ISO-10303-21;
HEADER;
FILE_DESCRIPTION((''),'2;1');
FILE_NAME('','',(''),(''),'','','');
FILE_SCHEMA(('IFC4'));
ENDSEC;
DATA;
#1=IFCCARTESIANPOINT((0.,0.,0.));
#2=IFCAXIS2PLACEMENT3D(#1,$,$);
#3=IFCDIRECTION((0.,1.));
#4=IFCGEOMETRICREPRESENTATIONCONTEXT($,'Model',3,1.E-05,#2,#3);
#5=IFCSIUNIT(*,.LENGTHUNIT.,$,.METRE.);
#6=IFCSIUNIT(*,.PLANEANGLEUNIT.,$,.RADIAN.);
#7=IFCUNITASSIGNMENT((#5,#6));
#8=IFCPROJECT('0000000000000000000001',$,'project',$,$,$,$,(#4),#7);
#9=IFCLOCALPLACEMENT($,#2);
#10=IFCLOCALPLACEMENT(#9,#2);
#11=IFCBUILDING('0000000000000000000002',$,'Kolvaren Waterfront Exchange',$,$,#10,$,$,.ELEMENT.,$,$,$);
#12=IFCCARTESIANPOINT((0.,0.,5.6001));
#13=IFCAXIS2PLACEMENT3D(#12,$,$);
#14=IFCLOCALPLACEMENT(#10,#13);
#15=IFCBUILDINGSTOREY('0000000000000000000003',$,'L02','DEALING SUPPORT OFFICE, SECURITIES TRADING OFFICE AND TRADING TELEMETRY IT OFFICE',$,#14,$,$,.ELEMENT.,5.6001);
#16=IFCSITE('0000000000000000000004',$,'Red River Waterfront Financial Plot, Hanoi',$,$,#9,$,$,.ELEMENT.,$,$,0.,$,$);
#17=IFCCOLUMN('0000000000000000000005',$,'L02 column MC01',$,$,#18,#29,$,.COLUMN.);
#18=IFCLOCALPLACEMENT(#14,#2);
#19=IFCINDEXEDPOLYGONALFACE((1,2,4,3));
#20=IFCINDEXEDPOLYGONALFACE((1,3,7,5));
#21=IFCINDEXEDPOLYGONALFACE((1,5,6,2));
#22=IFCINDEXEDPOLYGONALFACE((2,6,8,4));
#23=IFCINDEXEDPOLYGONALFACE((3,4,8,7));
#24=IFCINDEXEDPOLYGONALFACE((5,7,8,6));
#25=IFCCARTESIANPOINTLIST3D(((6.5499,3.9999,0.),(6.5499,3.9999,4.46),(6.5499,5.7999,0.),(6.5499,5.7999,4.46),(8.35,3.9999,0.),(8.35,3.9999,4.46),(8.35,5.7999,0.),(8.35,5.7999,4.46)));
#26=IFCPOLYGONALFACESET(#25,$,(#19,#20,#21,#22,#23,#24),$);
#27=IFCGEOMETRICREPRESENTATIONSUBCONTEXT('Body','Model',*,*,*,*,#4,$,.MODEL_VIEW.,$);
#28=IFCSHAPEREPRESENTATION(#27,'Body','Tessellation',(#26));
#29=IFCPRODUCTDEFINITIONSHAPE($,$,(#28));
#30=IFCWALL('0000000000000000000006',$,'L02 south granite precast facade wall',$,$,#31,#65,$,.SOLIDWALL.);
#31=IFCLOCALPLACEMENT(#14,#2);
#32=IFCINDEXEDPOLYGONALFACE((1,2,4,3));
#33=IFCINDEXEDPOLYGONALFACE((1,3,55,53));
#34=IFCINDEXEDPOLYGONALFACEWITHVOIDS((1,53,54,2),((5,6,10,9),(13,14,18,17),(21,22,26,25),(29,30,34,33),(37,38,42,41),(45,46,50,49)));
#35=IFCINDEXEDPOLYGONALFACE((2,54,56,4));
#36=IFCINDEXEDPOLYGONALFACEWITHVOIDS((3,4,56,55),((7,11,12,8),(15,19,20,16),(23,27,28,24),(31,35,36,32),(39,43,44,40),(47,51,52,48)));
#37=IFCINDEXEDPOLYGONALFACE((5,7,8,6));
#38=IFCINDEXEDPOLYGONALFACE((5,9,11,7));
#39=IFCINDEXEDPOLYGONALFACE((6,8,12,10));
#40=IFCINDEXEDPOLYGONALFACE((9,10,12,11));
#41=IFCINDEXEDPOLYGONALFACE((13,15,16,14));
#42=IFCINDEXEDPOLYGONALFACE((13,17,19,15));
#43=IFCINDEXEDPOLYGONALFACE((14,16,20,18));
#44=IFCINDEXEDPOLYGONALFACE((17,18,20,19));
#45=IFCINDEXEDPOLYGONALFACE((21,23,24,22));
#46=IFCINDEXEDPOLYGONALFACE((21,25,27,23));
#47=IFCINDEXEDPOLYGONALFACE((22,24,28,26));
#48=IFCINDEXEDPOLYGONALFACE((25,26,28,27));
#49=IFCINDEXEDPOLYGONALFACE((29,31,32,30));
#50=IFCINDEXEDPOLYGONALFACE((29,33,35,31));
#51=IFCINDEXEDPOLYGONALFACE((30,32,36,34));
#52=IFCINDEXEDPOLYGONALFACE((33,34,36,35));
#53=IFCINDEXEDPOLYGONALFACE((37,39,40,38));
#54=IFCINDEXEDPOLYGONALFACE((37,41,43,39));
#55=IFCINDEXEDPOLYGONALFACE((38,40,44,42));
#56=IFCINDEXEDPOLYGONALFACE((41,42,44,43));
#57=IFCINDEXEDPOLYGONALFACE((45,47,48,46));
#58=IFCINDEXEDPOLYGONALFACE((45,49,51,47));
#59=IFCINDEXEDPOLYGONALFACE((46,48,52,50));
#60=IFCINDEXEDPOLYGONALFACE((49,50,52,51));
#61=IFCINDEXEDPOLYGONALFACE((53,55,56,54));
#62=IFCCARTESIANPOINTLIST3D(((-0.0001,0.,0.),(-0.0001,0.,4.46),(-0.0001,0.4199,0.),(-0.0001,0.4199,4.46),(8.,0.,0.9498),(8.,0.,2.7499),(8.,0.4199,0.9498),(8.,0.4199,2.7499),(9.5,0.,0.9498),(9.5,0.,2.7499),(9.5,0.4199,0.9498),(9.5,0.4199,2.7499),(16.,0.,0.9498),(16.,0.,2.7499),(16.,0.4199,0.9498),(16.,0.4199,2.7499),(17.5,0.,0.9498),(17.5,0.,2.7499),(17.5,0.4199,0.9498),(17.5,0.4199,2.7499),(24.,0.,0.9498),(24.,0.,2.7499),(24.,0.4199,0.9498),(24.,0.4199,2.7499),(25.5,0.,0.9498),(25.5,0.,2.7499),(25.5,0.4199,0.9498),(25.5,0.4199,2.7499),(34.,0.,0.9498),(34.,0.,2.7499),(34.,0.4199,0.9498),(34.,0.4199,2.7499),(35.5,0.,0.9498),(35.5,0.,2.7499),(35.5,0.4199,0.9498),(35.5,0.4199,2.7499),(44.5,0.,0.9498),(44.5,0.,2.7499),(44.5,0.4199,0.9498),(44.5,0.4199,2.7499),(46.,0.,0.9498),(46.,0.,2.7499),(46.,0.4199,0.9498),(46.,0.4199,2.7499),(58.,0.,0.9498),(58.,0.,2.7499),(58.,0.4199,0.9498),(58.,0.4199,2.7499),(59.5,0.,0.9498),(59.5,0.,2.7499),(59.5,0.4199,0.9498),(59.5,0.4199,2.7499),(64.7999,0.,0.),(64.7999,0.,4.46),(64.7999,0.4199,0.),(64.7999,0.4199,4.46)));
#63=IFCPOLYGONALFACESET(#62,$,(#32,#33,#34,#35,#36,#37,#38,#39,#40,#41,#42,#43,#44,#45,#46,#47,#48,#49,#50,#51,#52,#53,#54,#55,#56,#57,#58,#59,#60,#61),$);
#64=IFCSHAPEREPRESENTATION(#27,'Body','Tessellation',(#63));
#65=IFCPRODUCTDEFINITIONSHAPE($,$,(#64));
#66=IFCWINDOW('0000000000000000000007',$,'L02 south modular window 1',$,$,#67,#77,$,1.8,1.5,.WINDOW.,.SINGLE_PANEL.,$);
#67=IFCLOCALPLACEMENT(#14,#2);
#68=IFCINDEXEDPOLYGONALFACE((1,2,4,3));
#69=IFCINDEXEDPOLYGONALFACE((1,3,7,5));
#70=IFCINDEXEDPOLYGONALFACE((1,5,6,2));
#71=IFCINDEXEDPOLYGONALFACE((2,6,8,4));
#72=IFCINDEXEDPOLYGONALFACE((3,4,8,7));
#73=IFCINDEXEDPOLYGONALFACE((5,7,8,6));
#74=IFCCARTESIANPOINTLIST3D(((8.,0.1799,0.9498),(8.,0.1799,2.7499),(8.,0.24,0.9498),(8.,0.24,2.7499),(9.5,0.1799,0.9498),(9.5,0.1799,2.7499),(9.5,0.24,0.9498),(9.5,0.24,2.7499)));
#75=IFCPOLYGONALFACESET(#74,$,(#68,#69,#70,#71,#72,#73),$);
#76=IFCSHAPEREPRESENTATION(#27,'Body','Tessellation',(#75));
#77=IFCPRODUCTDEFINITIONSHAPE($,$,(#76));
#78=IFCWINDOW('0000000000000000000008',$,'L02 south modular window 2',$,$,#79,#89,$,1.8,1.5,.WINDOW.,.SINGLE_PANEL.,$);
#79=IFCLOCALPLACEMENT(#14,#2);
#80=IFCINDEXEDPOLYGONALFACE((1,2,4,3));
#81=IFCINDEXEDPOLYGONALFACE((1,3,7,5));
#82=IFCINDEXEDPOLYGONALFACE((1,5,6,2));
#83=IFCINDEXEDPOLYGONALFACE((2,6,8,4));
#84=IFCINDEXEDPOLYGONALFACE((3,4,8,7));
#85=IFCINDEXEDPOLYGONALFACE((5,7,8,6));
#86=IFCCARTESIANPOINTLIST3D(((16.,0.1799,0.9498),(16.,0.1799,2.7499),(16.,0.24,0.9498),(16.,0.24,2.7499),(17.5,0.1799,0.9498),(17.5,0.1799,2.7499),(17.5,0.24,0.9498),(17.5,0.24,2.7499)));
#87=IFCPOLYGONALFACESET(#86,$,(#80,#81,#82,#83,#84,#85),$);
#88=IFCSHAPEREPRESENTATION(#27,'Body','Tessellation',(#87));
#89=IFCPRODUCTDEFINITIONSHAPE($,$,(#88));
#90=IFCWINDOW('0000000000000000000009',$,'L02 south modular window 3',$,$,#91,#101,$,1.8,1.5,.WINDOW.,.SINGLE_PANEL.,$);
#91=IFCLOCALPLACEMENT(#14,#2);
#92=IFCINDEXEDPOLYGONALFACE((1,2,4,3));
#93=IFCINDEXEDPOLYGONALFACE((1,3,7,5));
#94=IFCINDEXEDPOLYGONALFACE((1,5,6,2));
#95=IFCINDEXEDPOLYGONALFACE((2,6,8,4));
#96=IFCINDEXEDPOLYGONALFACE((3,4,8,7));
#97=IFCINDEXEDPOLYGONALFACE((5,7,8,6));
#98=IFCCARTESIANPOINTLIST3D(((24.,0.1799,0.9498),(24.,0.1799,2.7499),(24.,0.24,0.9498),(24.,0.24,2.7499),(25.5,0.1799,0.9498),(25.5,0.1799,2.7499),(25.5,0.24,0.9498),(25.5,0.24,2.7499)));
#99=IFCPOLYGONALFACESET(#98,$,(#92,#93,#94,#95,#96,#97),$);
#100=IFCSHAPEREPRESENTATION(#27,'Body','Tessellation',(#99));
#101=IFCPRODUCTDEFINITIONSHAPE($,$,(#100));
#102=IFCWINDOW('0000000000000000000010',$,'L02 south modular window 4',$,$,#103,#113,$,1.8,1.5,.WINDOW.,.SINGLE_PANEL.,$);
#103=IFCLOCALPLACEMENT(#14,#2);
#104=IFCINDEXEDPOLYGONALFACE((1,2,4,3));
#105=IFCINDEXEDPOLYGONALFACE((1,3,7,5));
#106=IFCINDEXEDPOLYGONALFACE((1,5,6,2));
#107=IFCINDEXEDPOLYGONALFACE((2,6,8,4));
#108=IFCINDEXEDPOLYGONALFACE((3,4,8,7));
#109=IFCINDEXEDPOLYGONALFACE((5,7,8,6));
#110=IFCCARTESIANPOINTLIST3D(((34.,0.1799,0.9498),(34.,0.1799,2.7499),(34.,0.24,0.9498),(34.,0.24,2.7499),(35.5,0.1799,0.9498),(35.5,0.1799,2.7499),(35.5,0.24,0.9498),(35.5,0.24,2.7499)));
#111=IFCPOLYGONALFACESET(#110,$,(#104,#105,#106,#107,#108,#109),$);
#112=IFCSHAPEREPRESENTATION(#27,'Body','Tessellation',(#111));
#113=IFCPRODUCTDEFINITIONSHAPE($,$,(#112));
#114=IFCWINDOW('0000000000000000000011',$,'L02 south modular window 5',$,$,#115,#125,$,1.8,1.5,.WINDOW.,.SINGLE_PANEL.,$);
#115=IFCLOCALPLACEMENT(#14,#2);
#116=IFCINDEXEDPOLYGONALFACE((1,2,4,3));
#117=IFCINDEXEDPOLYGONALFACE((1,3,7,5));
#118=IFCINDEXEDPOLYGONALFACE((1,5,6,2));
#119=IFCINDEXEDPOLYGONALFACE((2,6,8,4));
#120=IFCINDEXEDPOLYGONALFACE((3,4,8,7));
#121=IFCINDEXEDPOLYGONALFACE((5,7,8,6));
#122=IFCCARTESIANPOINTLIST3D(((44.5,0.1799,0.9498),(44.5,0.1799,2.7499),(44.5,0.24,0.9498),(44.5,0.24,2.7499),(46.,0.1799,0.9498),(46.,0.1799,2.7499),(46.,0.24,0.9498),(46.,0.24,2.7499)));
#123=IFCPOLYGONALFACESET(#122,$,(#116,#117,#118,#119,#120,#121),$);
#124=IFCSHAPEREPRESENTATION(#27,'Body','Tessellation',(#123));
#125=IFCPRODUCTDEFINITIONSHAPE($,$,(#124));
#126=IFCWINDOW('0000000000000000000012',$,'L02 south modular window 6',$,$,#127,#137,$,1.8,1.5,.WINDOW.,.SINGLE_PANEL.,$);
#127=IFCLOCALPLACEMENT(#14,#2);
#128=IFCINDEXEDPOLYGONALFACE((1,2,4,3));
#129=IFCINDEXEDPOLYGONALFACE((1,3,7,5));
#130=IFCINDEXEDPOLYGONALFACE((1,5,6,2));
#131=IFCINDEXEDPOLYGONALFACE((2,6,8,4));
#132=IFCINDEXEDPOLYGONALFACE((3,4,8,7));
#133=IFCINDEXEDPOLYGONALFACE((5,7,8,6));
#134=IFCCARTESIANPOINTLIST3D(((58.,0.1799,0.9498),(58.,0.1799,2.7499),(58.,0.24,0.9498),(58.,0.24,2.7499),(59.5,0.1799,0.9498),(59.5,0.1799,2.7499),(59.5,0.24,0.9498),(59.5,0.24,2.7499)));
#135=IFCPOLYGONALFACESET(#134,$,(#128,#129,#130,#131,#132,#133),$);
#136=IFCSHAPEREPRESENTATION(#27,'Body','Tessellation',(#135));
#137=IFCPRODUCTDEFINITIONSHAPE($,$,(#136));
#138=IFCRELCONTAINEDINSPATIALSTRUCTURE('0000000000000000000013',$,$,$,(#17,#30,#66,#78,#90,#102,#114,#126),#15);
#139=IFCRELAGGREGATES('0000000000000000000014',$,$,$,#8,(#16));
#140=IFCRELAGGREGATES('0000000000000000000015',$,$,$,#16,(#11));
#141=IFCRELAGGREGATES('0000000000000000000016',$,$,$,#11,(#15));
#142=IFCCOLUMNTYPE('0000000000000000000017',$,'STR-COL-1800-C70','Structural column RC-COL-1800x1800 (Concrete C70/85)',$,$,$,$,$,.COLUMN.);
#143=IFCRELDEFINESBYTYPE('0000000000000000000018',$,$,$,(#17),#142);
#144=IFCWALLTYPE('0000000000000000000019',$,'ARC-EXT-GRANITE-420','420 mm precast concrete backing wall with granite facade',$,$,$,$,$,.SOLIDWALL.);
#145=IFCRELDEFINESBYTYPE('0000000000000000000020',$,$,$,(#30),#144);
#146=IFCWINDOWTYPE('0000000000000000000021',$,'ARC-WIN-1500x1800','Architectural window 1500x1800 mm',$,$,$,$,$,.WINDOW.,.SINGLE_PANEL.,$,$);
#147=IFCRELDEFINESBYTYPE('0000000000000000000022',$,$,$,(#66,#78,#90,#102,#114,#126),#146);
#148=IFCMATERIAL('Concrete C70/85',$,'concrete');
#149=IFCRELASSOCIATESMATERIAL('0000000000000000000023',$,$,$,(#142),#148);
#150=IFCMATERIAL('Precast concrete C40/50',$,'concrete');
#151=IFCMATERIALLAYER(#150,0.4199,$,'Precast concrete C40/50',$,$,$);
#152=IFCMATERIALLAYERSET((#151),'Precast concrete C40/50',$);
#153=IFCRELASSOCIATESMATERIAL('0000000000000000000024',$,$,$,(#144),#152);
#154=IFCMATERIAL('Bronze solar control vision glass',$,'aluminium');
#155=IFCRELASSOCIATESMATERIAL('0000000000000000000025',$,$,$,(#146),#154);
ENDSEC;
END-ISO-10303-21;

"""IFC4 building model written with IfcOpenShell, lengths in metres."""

from ifc_helpers import new_model, si_unit, direction, frame, frame_2d, origin, origin_2d, place, context, subcontext, project, spatial, rectangle, extrude, material, layer, layer_set, material_profile, profile_set, type_object, element, fill, save


model = new_model("IFC4")

# Units and contexts
model_context = context("Model", 3, precision=1e-05, world=origin(), true_north=direction((0.0, 1.0)))
body_context = subcontext(model_context, "Body", "Model", "MODEL_VIEW")
ifc_project = project(units=[si_unit("LENGTHUNIT", "METRE"), si_unit("PLANEANGLEUNIT", "RADIAN")], contexts=[model_context])

# Site, building, storey
site_placement = place(None, origin())
site = spatial("IfcSite", under=ifc_project, at=site_placement, Name="Red River Waterfront Financial Plot, Hanoi", CompositionType="ELEMENT", RefElevation=0.0)
building_placement = place(site_placement, origin())
building = spatial("IfcBuilding", under=site, at=building_placement, Name="Kolvaren Waterfront Exchange", CompositionType="ELEMENT")
storey_placement = place(building_placement, frame((0.0, 0.0, 5.6001)))
storey = spatial("IfcBuildingStorey", under=building, at=storey_placement, Name="L02", Description="DEALING SUPPORT OFFICE, SECURITIES TRADING OFFICE AND TRADING TELEMETRY IT OFFICE", CompositionType="ELEMENT", Elevation=5.6001)

# Column
ifc_material_1 = material(Name="Concrete C70/85", Category="concrete")
ifc_material_profile = material_profile(ifc_material_1, rectangle(XDim=1.8, YDim=1.8, at=origin_2d()), Name="RC-COL-1800x1800")
ifc_profile_set = profile_set([ifc_material_profile], Name="Concrete C70/85")
column_type = type_object("IfcColumnType", Name="STR-COL-1800-C70", Description="Structural column RC-COL-1800x1800 (Concrete C70/85)", PredefinedType="COLUMN", material=ifc_profile_set)
column_placement = place(storey_placement, frame((7.45, 4.8999, 0.0), z_axis=(0.0, 0.0, 1.0), x_axis=(1.0, 0.0, 0.0)))
element("IfcColumn", 1, at=column_placement, inside=storey, type_object=column_type, Name="L02 column MC01", PredefinedType="COLUMN", context=body_context, shape_type="SweptSolid", body=[
    extrude(rectangle(XDim=1.8, YDim=1.8, at=origin_2d()), origin(), (0.0, 0.0, 1.0), 4.46),
])

# Wall, openings, windows
ifc_material_2 = material(Name="Precast concrete C40/50", Category="concrete")
ifc_layer_1 = layer(ifc_material_2, 0.4199, Name="Precast concrete C40/50")
ifc_layer_set_1 = layer_set([ifc_layer_1], Name="Precast concrete C40/50")
wall_type_1 = type_object("IfcWallType", Name="ARC-EXT-GRANITE-420", Description="420 mm precast concrete backing wall with granite facade", PredefinedType="SOLIDWALL", material=ifc_layer_set_1)
wall_1_placement = place(storey_placement, frame((0.0, 0.21, 0.0), z_axis=(0.0, 0.0, 1.0), x_axis=(1.0, 0.0, 0.0)))
wall_1 = element("IfcWall", 2, at=wall_1_placement, inside=storey, type_object=wall_type_1, Name="L02 south granite precast facade wall", PredefinedType="SOLIDWALL", context=body_context, shape_type="SweptSolid", body=[
    extrude(rectangle(XDim=64.8, YDim=0.4199, at=frame_2d((32.3999, 0.0))), origin(), (0.0, 0.0, 1.0), 4.46),
])
opening_1_placement = place(wall_1_placement, frame((8.0, 0.0, 0.95)))
opening_1 = element("IfcOpeningElement", 3, at=opening_1_placement, cuts=wall_1, PredefinedType="OPENING", context=body_context, shape_type="SweptSolid", body=[
    extrude(rectangle(XDim=1.5, YDim=1.8, at=frame_2d((0.75, 0.8999))), frame((0.0, 0.22, 0.0), z_axis=(0.0, -1.0, 0.0), x_axis=(1.0, 0.0, 0.0)), (0.0, 0.0, 1.0), 0.4399),
])
opening_2_placement = place(wall_1_placement, frame((16.0, 0.0, 0.95)))
opening_2 = element("IfcOpeningElement", 4, at=opening_2_placement, cuts=wall_1, PredefinedType="OPENING", context=body_context, shape_type="SweptSolid", body=[
    extrude(rectangle(XDim=1.5, YDim=1.8, at=frame_2d((0.75, 0.8999))), frame((0.0, 0.22, 0.0), z_axis=(0.0, -1.0, 0.0), x_axis=(1.0, 0.0, 0.0)), (0.0, 0.0, 1.0), 0.4399),
])
opening_3_placement = place(wall_1_placement, frame((24.0, 0.0, 0.95)))
opening_3 = element("IfcOpeningElement", 5, at=opening_3_placement, cuts=wall_1, PredefinedType="OPENING", context=body_context, shape_type="SweptSolid", body=[
    extrude(rectangle(XDim=1.5, YDim=1.8, at=frame_2d((0.75, 0.8999))), frame((0.0, 0.22, 0.0), z_axis=(0.0, -1.0, 0.0), x_axis=(1.0, 0.0, 0.0)), (0.0, 0.0, 1.0), 0.4399),
])
opening_4_placement = place(wall_1_placement, frame((34.0, 0.0, 0.95)))
opening_4 = element("IfcOpeningElement", 6, at=opening_4_placement, cuts=wall_1, PredefinedType="OPENING", context=body_context, shape_type="SweptSolid", body=[
    extrude(rectangle(XDim=1.5, YDim=1.8, at=frame_2d((0.75, 0.8999))), frame((0.0, 0.22, 0.0), z_axis=(0.0, -1.0, 0.0), x_axis=(1.0, 0.0, 0.0)), (0.0, 0.0, 1.0), 0.4399),
])
opening_5_placement = place(wall_1_placement, frame((44.5, 0.0, 0.95)))
opening_5 = element("IfcOpeningElement", 7, at=opening_5_placement, cuts=wall_1, PredefinedType="OPENING", context=body_context, shape_type="SweptSolid", body=[
    extrude(rectangle(XDim=1.5, YDim=1.8, at=frame_2d((0.75, 0.8999))), frame((0.0, 0.22, 0.0), z_axis=(0.0, -1.0, 0.0), x_axis=(1.0, 0.0, 0.0)), (0.0, 0.0, 1.0), 0.4399),
])
opening_6_placement = place(wall_1_placement, frame((58.0, 0.0, 0.95)))
opening_6 = element("IfcOpeningElement", 8, at=opening_6_placement, cuts=wall_1, PredefinedType="OPENING", context=body_context, shape_type="SweptSolid", body=[
    extrude(rectangle(XDim=1.5, YDim=1.8, at=frame_2d((0.75, 0.8999))), frame((0.0, 0.22, 0.0), z_axis=(0.0, -1.0, 0.0), x_axis=(1.0, 0.0, 0.0)), (0.0, 0.0, 1.0), 0.4399),
])
ifc_material_3 = material(Name="Bronze solar control vision glass", Category="aluminium")
window_type = type_object("IfcWindowType", Name="ARC-WIN-1500x1800", Description="Architectural window 1500x1800 mm", PartitioningType="SINGLE_PANEL", PredefinedType="WINDOW", material=ifc_material_3)
window_1_placement = place(opening_1_placement, origin())
window_1 = element("IfcWindow", 9, at=window_1_placement, inside=storey, type_object=window_type, Name="L02 south modular window 1", OverallHeight=1.8, OverallWidth=1.5, PartitioningType="SINGLE_PANEL", PredefinedType="WINDOW", context=body_context, shape_type="SweptSolid", body=[
    extrude(rectangle(XDim=1.5, YDim=1.8, at=frame_2d((0.75, 0.8999))), frame((0.0, 0.03, 0.0), z_axis=(0.0, -1.0, 0.0), x_axis=(1.0, 0.0, 0.0)), (0.0, 0.0, 1.0), 0.0601),
])
fill(opening_1, window_1)
window_2_placement = place(opening_2_placement, origin())
window_2 = element("IfcWindow", 10, at=window_2_placement, inside=storey, type_object=window_type, Name="L02 south modular window 2", OverallHeight=1.8, OverallWidth=1.5, PartitioningType="SINGLE_PANEL", PredefinedType="WINDOW", context=body_context, shape_type="SweptSolid", body=[
    extrude(rectangle(XDim=1.5, YDim=1.8, at=frame_2d((0.75, 0.8999))), frame((0.0, 0.03, 0.0), z_axis=(0.0, -1.0, 0.0), x_axis=(1.0, 0.0, 0.0)), (0.0, 0.0, 1.0), 0.0601),
])
fill(opening_2, window_2)
window_3_placement = place(opening_3_placement, origin())
window_3 = element("IfcWindow", 11, at=window_3_placement, inside=storey, type_object=window_type, Name="L02 south modular window 3", OverallHeight=1.8, OverallWidth=1.5, PartitioningType="SINGLE_PANEL", PredefinedType="WINDOW", context=body_context, shape_type="SweptSolid", body=[
    extrude(rectangle(XDim=1.5, YDim=1.8, at=frame_2d((0.75, 0.8999))), frame((0.0, 0.03, 0.0), z_axis=(0.0, -1.0, 0.0), x_axis=(1.0, 0.0, 0.0)), (0.0, 0.0, 1.0), 0.0601),
])
fill(opening_3, window_3)
window_4_placement = place(opening_4_placement, origin())
window_4 = element("IfcWindow", 12, at=window_4_placement, inside=storey, type_object=window_type, Name="L02 south modular window 4", OverallHeight=1.8, OverallWidth=1.5, PartitioningType="SINGLE_PANEL", PredefinedType="WINDOW", context=body_context, shape_type="SweptSolid", body=[
    extrude(rectangle(XDim=1.5, YDim=1.8, at=frame_2d((0.75, 0.8999))), frame((0.0, 0.03, 0.0), z_axis=(0.0, -1.0, 0.0), x_axis=(1.0, 0.0, 0.0)), (0.0, 0.0, 1.0), 0.0601),
])
fill(opening_4, window_4)
window_5_placement = place(opening_5_placement, origin())
window_5 = element("IfcWindow", 13, at=window_5_placement, inside=storey, type_object=window_type, Name="L02 south modular window 5", OverallHeight=1.8, OverallWidth=1.5, PartitioningType="SINGLE_PANEL", PredefinedType="WINDOW", context=body_context, shape_type="SweptSolid", body=[
    extrude(rectangle(XDim=1.5, YDim=1.8, at=frame_2d((0.75, 0.8999))), frame((0.0, 0.03, 0.0), z_axis=(0.0, -1.0, 0.0), x_axis=(1.0, 0.0, 0.0)), (0.0, 0.0, 1.0), 0.0601),
])
fill(opening_5, window_5)
window_6_placement = place(opening_6_placement, origin())
window_6 = element("IfcWindow", 14, at=window_6_placement, inside=storey, type_object=window_type, Name="L02 south modular window 6", OverallHeight=1.8, OverallWidth=1.5, PartitioningType="SINGLE_PANEL", PredefinedType="WINDOW", context=body_context, shape_type="SweptSolid", body=[
    extrude(rectangle(XDim=1.5, YDim=1.8, at=frame_2d((0.75, 0.8999))), frame((0.0, 0.03, 0.0), z_axis=(0.0, -1.0, 0.0), x_axis=(1.0, 0.0, 0.0)), (0.0, 0.0, 1.0), 0.0601),
])
fill(opening_6, window_6)

save(model, "model.ifc")
